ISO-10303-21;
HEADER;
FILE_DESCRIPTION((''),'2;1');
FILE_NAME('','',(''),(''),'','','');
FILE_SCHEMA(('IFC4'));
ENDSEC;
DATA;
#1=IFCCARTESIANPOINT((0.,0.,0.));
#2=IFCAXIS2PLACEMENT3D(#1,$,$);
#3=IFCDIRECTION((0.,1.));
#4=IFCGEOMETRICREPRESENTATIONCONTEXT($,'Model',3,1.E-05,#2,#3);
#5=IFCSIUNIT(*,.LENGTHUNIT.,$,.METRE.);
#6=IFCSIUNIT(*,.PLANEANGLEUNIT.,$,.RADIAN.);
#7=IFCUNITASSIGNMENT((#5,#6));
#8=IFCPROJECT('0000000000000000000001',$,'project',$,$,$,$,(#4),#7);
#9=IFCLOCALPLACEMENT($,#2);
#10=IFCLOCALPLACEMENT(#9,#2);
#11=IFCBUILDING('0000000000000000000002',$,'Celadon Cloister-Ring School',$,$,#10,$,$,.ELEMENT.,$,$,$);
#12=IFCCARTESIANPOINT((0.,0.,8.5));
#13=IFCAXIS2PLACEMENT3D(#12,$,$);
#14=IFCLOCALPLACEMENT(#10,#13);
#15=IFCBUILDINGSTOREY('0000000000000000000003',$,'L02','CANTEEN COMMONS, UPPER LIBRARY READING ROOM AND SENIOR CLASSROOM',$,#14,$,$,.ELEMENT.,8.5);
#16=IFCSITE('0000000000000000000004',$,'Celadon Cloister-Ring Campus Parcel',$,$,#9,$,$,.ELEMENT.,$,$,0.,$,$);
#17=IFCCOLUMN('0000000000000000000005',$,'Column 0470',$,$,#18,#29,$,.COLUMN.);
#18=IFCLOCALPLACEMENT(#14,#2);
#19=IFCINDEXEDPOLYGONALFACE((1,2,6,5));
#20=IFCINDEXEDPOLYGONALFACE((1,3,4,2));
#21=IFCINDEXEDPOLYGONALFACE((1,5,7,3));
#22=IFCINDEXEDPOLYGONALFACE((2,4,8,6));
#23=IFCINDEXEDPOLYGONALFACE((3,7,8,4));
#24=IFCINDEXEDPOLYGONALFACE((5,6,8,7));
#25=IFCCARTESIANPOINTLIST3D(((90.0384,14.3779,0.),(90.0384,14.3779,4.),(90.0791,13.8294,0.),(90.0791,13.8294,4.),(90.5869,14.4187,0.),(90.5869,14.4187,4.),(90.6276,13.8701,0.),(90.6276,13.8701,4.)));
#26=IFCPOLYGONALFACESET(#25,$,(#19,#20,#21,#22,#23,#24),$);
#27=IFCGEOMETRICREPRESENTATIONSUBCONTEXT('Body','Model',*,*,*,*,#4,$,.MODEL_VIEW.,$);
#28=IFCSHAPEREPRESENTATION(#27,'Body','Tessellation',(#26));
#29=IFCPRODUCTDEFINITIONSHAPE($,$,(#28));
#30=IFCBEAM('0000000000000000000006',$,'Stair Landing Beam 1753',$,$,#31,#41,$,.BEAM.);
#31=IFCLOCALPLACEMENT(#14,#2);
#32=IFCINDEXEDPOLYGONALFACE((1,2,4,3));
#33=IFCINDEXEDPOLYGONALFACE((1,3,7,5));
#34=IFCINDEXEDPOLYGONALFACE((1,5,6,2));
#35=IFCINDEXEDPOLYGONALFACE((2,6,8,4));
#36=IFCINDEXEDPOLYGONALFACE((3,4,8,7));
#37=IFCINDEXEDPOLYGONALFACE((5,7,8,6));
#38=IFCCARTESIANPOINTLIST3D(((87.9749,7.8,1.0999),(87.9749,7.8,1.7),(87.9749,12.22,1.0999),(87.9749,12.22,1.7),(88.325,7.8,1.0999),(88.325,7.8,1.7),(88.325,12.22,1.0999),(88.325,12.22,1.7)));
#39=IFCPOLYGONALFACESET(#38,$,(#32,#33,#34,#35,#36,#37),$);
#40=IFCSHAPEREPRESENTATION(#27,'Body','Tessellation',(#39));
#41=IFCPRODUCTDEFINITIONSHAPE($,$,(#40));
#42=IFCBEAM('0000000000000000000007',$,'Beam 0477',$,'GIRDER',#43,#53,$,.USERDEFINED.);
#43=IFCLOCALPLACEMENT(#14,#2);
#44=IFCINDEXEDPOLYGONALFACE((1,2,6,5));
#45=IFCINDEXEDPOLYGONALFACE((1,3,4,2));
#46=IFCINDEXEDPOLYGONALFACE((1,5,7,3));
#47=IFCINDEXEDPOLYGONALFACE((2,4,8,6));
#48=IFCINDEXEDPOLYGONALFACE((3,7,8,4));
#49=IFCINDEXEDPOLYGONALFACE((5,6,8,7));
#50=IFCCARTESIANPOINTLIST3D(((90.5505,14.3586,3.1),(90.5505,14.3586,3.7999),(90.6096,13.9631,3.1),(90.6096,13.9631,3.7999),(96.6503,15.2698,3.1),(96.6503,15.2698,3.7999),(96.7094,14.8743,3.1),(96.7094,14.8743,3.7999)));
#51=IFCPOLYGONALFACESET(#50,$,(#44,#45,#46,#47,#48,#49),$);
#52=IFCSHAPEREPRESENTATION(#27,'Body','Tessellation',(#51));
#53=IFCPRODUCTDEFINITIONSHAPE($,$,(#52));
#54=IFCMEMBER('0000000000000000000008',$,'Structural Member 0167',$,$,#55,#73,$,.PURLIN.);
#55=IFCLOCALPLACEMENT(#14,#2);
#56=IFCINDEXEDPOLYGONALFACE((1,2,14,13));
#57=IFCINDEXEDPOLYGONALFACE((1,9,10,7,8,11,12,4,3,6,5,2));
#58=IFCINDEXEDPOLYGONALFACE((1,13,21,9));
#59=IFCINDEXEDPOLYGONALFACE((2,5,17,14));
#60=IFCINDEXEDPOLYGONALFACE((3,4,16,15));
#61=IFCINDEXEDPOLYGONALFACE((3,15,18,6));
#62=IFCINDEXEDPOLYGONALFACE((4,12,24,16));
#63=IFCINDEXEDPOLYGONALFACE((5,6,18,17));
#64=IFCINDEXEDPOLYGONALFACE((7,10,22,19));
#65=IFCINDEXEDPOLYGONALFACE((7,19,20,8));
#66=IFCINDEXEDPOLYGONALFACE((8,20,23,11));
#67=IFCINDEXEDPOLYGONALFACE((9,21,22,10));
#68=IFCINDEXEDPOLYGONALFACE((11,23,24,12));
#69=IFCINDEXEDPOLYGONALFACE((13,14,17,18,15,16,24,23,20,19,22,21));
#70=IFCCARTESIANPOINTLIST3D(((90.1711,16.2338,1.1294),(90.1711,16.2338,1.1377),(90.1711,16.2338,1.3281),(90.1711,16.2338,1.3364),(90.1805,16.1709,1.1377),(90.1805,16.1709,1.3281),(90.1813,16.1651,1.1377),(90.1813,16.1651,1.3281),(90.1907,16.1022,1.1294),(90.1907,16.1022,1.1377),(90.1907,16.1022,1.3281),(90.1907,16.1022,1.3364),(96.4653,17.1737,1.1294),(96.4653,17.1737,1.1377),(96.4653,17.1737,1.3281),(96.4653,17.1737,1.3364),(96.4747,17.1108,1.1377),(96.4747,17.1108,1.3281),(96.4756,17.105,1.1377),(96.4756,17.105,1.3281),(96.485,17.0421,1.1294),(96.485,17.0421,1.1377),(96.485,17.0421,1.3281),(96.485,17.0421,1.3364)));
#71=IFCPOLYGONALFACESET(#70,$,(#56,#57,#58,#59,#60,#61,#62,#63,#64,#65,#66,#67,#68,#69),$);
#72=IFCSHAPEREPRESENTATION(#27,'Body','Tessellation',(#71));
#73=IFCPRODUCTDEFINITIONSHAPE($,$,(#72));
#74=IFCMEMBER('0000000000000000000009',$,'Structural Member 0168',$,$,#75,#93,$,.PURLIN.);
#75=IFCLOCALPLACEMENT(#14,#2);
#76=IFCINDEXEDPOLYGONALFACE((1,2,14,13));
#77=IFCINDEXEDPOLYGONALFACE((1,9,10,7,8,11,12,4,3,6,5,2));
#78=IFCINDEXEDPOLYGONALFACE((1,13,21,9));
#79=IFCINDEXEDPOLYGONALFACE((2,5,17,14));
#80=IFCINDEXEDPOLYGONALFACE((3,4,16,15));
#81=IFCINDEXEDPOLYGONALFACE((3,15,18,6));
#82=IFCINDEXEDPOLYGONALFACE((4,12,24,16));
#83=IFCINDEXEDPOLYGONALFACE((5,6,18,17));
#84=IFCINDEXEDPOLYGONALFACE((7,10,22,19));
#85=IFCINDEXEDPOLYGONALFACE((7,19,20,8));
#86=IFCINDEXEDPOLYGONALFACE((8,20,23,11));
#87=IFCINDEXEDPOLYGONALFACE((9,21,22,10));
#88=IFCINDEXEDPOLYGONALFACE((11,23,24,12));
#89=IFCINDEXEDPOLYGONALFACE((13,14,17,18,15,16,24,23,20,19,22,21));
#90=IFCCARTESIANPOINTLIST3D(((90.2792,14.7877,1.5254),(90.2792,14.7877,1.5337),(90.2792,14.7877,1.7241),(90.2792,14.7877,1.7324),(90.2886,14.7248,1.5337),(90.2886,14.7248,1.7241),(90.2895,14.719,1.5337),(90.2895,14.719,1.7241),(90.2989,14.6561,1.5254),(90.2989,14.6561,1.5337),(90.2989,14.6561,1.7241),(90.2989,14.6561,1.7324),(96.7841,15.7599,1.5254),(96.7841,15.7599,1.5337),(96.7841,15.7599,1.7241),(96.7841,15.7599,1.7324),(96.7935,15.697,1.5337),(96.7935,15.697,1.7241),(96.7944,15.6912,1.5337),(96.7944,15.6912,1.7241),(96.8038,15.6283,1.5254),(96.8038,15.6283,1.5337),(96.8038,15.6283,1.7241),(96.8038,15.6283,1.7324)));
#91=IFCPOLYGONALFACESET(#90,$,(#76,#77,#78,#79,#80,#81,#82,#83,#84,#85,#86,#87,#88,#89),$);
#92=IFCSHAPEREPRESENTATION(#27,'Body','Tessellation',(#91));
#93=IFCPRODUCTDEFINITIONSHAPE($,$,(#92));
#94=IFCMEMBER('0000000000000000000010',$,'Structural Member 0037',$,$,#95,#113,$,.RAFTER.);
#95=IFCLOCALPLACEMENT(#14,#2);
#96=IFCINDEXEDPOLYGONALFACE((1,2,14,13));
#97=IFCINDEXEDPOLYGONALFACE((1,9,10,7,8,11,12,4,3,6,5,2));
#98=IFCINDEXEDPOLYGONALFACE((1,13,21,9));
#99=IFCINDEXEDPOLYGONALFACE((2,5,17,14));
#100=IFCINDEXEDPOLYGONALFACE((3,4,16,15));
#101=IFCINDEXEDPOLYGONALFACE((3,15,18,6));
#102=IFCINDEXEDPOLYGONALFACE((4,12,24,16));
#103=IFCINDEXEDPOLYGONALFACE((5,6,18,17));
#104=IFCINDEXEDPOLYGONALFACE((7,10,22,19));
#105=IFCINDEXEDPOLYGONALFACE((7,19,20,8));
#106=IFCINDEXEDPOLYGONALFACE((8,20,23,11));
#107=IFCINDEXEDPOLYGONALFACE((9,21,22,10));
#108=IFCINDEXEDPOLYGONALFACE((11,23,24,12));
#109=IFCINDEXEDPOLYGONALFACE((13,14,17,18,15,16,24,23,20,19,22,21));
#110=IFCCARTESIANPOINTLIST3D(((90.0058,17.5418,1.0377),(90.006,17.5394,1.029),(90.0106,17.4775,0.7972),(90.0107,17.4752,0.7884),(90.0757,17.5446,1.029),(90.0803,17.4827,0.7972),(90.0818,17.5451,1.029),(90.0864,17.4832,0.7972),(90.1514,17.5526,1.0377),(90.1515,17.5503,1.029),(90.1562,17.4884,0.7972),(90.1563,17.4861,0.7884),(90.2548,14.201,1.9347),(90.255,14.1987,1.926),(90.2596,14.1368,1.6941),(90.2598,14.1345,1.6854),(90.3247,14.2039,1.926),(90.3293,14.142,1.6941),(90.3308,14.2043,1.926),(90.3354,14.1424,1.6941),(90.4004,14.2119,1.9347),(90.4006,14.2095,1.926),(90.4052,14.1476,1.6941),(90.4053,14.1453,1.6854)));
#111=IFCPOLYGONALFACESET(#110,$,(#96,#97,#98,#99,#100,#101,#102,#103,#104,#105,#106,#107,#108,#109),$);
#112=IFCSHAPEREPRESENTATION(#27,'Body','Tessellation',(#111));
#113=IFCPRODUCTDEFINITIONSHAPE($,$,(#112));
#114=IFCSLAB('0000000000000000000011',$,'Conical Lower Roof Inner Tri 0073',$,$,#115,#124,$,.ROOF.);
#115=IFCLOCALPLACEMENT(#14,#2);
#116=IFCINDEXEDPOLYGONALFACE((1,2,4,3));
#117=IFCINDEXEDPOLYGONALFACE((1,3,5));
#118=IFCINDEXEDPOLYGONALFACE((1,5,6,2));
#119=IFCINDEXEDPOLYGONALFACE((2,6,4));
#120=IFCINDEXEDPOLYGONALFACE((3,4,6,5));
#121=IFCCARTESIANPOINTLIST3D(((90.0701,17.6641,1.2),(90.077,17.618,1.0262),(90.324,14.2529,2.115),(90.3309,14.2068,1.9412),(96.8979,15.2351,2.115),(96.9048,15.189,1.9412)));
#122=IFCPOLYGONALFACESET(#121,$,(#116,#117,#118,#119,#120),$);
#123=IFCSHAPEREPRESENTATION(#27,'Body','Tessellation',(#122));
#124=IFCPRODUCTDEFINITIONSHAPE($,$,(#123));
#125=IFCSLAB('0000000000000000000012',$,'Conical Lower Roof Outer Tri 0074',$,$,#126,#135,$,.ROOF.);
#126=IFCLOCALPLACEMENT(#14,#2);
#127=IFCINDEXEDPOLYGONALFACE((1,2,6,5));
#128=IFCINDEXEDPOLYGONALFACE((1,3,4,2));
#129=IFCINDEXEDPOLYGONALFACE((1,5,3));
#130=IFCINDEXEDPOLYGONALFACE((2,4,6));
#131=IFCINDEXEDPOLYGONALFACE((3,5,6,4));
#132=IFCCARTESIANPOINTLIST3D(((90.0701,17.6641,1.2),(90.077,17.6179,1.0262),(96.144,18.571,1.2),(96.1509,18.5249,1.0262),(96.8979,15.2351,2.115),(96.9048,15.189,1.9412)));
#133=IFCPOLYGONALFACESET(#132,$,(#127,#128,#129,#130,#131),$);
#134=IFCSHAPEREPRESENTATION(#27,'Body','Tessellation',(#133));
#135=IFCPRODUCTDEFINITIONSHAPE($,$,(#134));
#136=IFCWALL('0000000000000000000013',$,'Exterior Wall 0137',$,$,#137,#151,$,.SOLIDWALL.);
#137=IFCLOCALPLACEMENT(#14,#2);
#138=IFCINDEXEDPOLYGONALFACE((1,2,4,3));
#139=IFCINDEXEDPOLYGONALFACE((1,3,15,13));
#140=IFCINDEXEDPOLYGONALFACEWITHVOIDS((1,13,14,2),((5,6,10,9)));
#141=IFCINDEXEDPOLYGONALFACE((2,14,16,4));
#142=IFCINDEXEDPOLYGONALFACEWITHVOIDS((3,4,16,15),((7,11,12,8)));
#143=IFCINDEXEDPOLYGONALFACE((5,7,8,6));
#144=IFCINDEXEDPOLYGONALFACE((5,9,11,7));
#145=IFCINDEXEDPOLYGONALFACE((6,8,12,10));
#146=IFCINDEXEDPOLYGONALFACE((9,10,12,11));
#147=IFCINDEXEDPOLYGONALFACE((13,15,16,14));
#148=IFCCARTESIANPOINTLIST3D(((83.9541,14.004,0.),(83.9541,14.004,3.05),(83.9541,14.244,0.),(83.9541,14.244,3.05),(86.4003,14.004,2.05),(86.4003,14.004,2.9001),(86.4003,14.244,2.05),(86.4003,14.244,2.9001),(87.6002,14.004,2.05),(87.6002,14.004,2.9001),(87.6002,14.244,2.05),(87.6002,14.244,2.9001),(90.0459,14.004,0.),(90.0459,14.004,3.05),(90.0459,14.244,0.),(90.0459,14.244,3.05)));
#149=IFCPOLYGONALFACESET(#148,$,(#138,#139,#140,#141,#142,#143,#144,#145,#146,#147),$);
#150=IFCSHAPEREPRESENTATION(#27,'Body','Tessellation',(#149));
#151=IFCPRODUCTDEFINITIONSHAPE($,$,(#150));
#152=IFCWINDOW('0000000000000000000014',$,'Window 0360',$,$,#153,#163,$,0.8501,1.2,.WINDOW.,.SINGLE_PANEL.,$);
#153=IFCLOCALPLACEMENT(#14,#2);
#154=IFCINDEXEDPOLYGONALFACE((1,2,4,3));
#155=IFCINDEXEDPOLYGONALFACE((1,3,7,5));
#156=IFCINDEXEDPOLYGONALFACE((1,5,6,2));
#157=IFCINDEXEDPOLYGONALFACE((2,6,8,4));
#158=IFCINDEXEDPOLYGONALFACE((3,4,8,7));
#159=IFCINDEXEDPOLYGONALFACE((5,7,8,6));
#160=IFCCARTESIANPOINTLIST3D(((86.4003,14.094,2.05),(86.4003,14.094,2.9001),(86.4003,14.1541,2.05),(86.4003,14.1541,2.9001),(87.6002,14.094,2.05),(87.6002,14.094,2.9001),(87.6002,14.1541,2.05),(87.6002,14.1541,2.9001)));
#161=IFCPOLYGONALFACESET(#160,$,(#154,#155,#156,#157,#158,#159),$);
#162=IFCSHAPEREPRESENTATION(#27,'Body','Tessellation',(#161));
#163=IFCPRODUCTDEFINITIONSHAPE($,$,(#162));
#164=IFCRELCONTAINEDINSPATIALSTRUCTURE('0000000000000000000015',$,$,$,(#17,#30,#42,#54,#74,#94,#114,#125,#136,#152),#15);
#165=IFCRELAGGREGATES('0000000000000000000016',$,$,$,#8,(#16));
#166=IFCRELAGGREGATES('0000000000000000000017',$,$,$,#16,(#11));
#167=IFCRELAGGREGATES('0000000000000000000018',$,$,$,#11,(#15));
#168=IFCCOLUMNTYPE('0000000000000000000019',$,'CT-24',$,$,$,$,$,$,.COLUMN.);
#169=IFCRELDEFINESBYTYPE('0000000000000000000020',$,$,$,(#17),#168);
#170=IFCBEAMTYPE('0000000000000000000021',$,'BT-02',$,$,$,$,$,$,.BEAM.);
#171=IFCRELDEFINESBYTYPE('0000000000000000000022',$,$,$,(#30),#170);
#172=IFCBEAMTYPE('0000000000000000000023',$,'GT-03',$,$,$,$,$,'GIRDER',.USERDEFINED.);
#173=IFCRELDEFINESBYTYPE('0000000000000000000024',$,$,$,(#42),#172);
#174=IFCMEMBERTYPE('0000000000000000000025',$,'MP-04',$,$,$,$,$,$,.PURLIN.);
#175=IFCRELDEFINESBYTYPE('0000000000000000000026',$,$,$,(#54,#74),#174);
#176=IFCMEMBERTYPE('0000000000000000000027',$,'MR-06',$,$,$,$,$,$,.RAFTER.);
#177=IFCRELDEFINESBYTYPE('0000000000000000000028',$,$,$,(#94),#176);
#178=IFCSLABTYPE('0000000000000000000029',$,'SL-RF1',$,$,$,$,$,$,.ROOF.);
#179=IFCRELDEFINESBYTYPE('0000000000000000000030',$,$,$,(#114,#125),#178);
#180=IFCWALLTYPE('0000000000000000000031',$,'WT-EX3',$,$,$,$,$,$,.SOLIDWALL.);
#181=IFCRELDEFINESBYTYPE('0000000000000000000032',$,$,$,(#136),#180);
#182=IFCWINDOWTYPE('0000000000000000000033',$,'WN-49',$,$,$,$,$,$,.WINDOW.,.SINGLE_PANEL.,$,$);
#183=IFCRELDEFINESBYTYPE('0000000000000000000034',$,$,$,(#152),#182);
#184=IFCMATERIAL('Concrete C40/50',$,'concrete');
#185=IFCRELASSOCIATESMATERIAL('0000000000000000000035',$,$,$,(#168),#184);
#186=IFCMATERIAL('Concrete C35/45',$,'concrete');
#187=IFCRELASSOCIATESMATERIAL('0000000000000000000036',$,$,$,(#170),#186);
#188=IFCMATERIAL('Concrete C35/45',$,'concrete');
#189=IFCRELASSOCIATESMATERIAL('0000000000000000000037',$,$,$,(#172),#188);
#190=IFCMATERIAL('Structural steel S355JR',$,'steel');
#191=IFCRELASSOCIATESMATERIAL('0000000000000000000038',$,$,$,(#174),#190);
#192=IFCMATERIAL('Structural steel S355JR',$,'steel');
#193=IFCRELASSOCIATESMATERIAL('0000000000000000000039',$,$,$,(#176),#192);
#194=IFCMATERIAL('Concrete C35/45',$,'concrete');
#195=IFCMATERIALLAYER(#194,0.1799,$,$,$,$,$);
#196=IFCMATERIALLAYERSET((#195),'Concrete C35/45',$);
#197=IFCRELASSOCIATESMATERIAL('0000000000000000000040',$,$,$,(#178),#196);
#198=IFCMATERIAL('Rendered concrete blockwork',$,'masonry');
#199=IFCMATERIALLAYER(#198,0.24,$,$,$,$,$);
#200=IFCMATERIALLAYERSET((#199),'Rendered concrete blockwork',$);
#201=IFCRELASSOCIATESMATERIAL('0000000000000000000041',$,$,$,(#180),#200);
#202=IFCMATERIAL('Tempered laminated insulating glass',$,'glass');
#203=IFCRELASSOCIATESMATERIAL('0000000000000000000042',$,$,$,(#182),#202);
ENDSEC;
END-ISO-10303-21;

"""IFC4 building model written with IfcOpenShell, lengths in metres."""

from ifc_helpers import new_model, si_unit, direction, frame, frame_2d, origin, origin_2d, place, context, subcontext, project, spatial, polyline, rectangle, i_section, outline, extrude, material, layer, layer_set, material_profile, profile_set, type_object, element, fill, save


model = new_model("IFC4")

# Units and contexts
model_context = context("Model", 3, precision=1e-05, world=origin(), true_north=direction((0.0, 1.0)))
body_context = subcontext(model_context, "Body", "Model", "MODEL_VIEW")
ifc_project = project(units=[si_unit("LENGTHUNIT", "METRE"), si_unit("PLANEANGLEUNIT", "RADIAN")], contexts=[model_context])

# Site, building, storey
site_placement = place(None, origin())
site = spatial("IfcSite", under=ifc_project, at=site_placement, Name="Celadon Cloister-Ring Campus Parcel", CompositionType="ELEMENT", RefElevation=0.0)
building_placement = place(site_placement, origin())
building = spatial("IfcBuilding", under=site, at=building_placement, Name="Celadon Cloister-Ring School", CompositionType="ELEMENT")
storey_placement = place(building_placement, frame((0.0, 0.0, 8.5)))
storey = spatial("IfcBuildingStorey", under=building, at=storey_placement, Name="L02", Description="CANTEEN COMMONS, UPPER LIBRARY READING ROOM AND SENIOR CLASSROOM", CompositionType="ELEMENT", Elevation=8.5)

# Column
ifc_material_1 = material(Name="Concrete C40/50", Category="concrete")
ifc_material_profile_1 = material_profile(ifc_material_1, rectangle(XDim=0.55, YDim=0.55, at=origin_2d()), Name="RC550X550")
ifc_profile_set_1 = profile_set([ifc_material_profile_1], Name="Concrete C40/50")
column_type = type_object("IfcColumnType", Name="CT-24", PredefinedType="COLUMN", material=ifc_profile_set_1)
column_placement = place(storey_placement, frame((90.333, 14.124, 0.0), z_axis=(0.0, 0.0, 1.0), x_axis=(0.074074, -0.997253, 0.0)))
element("IfcColumn", 1, at=column_placement, inside=storey, type_object=column_type, Name="Column 0470", PredefinedType="COLUMN", context=body_context, shape_type="SweptSolid", body=[
    extrude(rectangle(XDim=0.55, YDim=0.55, at=origin_2d()), origin(), (0.0, 0.0, 1.0), 4.0),
])

# Beams
ifc_material_2 = material(Name="Concrete C35/45", Category="concrete")
ifc_material_profile_2 = material_profile(ifc_material_2, rectangle(XDim=0.3501, YDim=0.6001, at=origin_2d()), Name="RC350X600")
ifc_profile_set_2 = profile_set([ifc_material_profile_2], Name="Concrete C35/45")
beam_type_1 = type_object("IfcBeamType", Name="BT-02", PredefinedType="BEAM", material=ifc_profile_set_2)
beam_1_placement = place(storey_placement, frame((88.1499, 7.8, 1.3999), z_axis=(0.0, 1.0, 0.0), x_axis=(-1.0, 0.0, 0.0)))
element("IfcBeam", 2, at=beam_1_placement, inside=storey, type_object=beam_type_1, Name="Stair Landing Beam 1753", PredefinedType="BEAM", context=body_context, shape_type="SweptSolid", body=[
    extrude(rectangle(XDim=0.3501, YDim=0.6001, at=origin_2d()), origin(), (0.0, 0.0, 1.0), 4.4199),
])
ifc_material_3 = material(Name="Concrete C35/45", Category="concrete")
ifc_material_profile_3 = material_profile(ifc_material_3, rectangle(XDim=0.3999, YDim=0.7, at=origin_2d()), Name="RC400X700")
ifc_profile_set_3 = profile_set([ifc_material_profile_3], Name="Concrete C35/45")
beam_type_2 = type_object("IfcBeamType", Name="GT-03", ElementType="GIRDER", PredefinedType="USERDEFINED", material=ifc_profile_set_3)
beam_2_placement = place(storey_placement, frame((90.5801, 14.1609, 3.45), z_axis=(0.989028, 0.147731, 0.0), x_axis=(-0.147731, 0.989028, 0.0)))
element("IfcBeam", 3, at=beam_2_placement, inside=storey, type_object=beam_type_2, Name="Beam 0477", ObjectType="GIRDER", PredefinedType="USERDEFINED", context=body_context, shape_type="SweptSolid", body=[
    extrude(rectangle(XDim=0.3999, YDim=0.7, at=origin_2d()), origin(), (0.0, 0.0, 1.0), 6.1675),
])

# Members
ifc_material_4 = material(Name="Structural steel S355JR", Category="steel")
ifc_material_profile_4 = material_profile(ifc_material_4, i_section(OverallWidth=0.1331, OverallDepth=0.207, WebThickness=0.0059, FlangeThickness=0.0083, at=origin_2d()), Name="W200X27")
ifc_profile_set_4 = profile_set([ifc_material_profile_4], Name="Structural steel S355JR")
member_type_1 = type_object("IfcMemberType", Name="MP-04", PredefinedType="PURLIN", material=ifc_profile_set_4)
member_1_placement = place(storey_placement, frame((90.1809, 16.168, 1.2329), z_axis=(0.989033, 0.147697, 0.0), x_axis=(-0.147697, 0.989033, 0.0)))
element("IfcMember", 4, at=member_1_placement, inside=storey, type_object=member_type_1, Name="Structural Member 0167", PredefinedType="PURLIN", context=body_context, shape_type="SweptSolid", body=[
    extrude(i_section(OverallWidth=0.1331, OverallDepth=0.207, WebThickness=0.0059, FlangeThickness=0.0083, at=origin_2d()), origin(), (0.0, 0.0, 1.0), 6.364),
])
member_2_placement = place(storey_placement, frame((90.2891, 14.7219, 1.6289), z_axis=(0.989016, 0.14781, 0.0), x_axis=(-0.14781, 0.989016, 0.0)))
element("IfcMember", 5, at=member_2_placement, inside=storey, type_object=member_type_1, Name="Structural Member 0168", PredefinedType="PURLIN", context=body_context, shape_type="SweptSolid", body=[
    extrude(i_section(OverallWidth=0.1331, OverallDepth=0.207, WebThickness=0.0059, FlangeThickness=0.0083, at=origin_2d()), origin(), (0.0, 0.0, 1.0), 6.5771),
])
ifc_material_5 = material(Name="Structural steel S355JR", Category="steel")
ifc_material_profile_5 = material_profile(ifc_material_5, i_section(OverallWidth=0.146, OverallDepth=0.2581, WebThickness=0.0061, FlangeThickness=0.009, at=origin_2d()), Name="W250X33")
ifc_profile_set_5 = profile_set([ifc_material_profile_5], Name="Structural steel S355JR")
member_type_2 = type_object("IfcMemberType", Name="MR-06", PredefinedType="RAFTER", material=ifc_profile_set_5)
member_3_placement = place(storey_placement, frame((90.0811, 17.5139, 0.9131), z_axis=(0.071804, -0.963302, 0.258636), x_axis=(0.997233, 0.074333, 0.0)))
element("IfcMember", 6, at=member_3_placement, inside=storey, type_object=member_type_2, Name="Structural Member 0037", PredefinedType="RAFTER", context=body_context, shape_type="SweptSolid", body=[
    extrude(i_section(OverallWidth=0.146, OverallDepth=0.2581, WebThickness=0.0061, FlangeThickness=0.009, at=origin_2d()), origin(), (0.0, 0.0, 1.0), 3.468),
])

# Slabs
ifc_material_6 = material(Name="Concrete C35/45", Category="concrete")
ifc_layer_1 = layer(ifc_material_6, 0.1799)
ifc_layer_set_1 = layer_set([ifc_layer_1], Name="Concrete C35/45")
slab_type = type_object("IfcSlabType", Name="SL-RF1", PredefinedType="ROOF", material=ifc_layer_set_1)
slab_1_placement = place(storey_placement, frame((90.0701, 17.6641, 1.2), z_axis=(-0.038284, 0.256242, 0.965854), x_axis=(0.071708, -0.963367, 0.258424)))
element("IfcSlab", 7, at=slab_1_placement, inside=storey, type_object=slab_type, Name="Conical Lower Roof Inner Tri 0073", PredefinedType="ROOF", context=body_context, shape_type="SweptSolid", body=[
    extrude(outline(polyline([(0.0, 0.0), (3.5408, 0.0), (3.0661, 6.63), (0.0, 0.0)])), origin(), (0.0, 0.0, -1.0), 0.1799),
])
slab_2_placement = place(storey_placement, frame((90.0701, 17.6641, 1.2), z_axis=(-0.038268, 0.25628, 0.965845), x_axis=(0.934738, -0.332524, 0.125269)))
element("IfcSlab", 8, at=slab_2_placement, inside=storey, type_object=slab_type, Name="Conical Lower Roof Outer Tri 0074", PredefinedType="ROOF", context=body_context, shape_type="SweptSolid", body=[
    extrude(outline(polyline([(0.0, 0.0), (7.3046, 0.0), (5.376, 2.9689), (0.0, 0.0)])), origin(), (0.0, 0.0, -1.0), 0.1799),
])

# Wall, opening, window
ifc_material_7 = material(Name="Rendered concrete blockwork", Category="masonry")
ifc_layer_2 = layer(ifc_material_7, 0.24)
ifc_layer_set_2 = layer_set([ifc_layer_2], Name="Rendered concrete blockwork")
wall_type = type_object("IfcWallType", Name="WT-EX3", PredefinedType="SOLIDWALL", material=ifc_layer_set_2)
wall_placement = place(storey_placement, frame((83.9541, 14.124, 0.0), z_axis=(0.0, 0.0, 1.0), x_axis=(1.0, 0.0, 0.0)))
wall = element("IfcWall", 9, at=wall_placement, inside=storey, type_object=wall_type, Name="Exterior Wall 0137", PredefinedType="SOLIDWALL", context=body_context, shape_type="SweptSolid", body=[
    extrude(rectangle(XDim=6.0918, YDim=0.24, at=frame_2d((3.0459, 0.0))), origin(), (0.0, 0.0, 1.0), 3.05),
])
opening_placement = place(wall_placement, frame((2.446, 0.0, 2.05)))
opening = element("IfcOpeningElement", 10, at=opening_placement, cuts=wall, PredefinedType="OPENING", context=body_context, shape_type="SweptSolid", body=[
    extrude(rectangle(XDim=1.2, YDim=0.8501, at=frame_2d((0.6001, 0.425))), frame((0.0, 0.1299, 0.0), z_axis=(0.0, -1.0, 0.0), x_axis=(1.0, 0.0, 0.0)), (0.0, 0.0, 1.0), 0.26),
])
ifc_material_8 = material(Name="Tempered laminated insulating glass", Category="glass")
window_type = type_object("IfcWindowType", Name="WN-49", PartitioningType="SINGLE_PANEL", PredefinedType="WINDOW", material=ifc_material_8)
window_placement = place(opening_placement, origin())
window = element("IfcWindow", 11, at=window_placement, inside=storey, type_object=window_type, Name="Window 0360", OverallHeight=0.8501, OverallWidth=1.2, PartitioningType="SINGLE_PANEL", PredefinedType="WINDOW", context=body_context, shape_type="SweptSolid", body=[
    extrude(rectangle(XDim=1.2, YDim=0.8501, at=frame_2d((0.6001, 0.425))), frame((0.0, 0.03, 0.0), z_axis=(0.0, -1.0, 0.0), x_axis=(1.0, 0.0, 0.0)), (0.0, 0.0, 1.0), 0.0601),
])
fill(opening, window)

save(model, "model.ifc")
